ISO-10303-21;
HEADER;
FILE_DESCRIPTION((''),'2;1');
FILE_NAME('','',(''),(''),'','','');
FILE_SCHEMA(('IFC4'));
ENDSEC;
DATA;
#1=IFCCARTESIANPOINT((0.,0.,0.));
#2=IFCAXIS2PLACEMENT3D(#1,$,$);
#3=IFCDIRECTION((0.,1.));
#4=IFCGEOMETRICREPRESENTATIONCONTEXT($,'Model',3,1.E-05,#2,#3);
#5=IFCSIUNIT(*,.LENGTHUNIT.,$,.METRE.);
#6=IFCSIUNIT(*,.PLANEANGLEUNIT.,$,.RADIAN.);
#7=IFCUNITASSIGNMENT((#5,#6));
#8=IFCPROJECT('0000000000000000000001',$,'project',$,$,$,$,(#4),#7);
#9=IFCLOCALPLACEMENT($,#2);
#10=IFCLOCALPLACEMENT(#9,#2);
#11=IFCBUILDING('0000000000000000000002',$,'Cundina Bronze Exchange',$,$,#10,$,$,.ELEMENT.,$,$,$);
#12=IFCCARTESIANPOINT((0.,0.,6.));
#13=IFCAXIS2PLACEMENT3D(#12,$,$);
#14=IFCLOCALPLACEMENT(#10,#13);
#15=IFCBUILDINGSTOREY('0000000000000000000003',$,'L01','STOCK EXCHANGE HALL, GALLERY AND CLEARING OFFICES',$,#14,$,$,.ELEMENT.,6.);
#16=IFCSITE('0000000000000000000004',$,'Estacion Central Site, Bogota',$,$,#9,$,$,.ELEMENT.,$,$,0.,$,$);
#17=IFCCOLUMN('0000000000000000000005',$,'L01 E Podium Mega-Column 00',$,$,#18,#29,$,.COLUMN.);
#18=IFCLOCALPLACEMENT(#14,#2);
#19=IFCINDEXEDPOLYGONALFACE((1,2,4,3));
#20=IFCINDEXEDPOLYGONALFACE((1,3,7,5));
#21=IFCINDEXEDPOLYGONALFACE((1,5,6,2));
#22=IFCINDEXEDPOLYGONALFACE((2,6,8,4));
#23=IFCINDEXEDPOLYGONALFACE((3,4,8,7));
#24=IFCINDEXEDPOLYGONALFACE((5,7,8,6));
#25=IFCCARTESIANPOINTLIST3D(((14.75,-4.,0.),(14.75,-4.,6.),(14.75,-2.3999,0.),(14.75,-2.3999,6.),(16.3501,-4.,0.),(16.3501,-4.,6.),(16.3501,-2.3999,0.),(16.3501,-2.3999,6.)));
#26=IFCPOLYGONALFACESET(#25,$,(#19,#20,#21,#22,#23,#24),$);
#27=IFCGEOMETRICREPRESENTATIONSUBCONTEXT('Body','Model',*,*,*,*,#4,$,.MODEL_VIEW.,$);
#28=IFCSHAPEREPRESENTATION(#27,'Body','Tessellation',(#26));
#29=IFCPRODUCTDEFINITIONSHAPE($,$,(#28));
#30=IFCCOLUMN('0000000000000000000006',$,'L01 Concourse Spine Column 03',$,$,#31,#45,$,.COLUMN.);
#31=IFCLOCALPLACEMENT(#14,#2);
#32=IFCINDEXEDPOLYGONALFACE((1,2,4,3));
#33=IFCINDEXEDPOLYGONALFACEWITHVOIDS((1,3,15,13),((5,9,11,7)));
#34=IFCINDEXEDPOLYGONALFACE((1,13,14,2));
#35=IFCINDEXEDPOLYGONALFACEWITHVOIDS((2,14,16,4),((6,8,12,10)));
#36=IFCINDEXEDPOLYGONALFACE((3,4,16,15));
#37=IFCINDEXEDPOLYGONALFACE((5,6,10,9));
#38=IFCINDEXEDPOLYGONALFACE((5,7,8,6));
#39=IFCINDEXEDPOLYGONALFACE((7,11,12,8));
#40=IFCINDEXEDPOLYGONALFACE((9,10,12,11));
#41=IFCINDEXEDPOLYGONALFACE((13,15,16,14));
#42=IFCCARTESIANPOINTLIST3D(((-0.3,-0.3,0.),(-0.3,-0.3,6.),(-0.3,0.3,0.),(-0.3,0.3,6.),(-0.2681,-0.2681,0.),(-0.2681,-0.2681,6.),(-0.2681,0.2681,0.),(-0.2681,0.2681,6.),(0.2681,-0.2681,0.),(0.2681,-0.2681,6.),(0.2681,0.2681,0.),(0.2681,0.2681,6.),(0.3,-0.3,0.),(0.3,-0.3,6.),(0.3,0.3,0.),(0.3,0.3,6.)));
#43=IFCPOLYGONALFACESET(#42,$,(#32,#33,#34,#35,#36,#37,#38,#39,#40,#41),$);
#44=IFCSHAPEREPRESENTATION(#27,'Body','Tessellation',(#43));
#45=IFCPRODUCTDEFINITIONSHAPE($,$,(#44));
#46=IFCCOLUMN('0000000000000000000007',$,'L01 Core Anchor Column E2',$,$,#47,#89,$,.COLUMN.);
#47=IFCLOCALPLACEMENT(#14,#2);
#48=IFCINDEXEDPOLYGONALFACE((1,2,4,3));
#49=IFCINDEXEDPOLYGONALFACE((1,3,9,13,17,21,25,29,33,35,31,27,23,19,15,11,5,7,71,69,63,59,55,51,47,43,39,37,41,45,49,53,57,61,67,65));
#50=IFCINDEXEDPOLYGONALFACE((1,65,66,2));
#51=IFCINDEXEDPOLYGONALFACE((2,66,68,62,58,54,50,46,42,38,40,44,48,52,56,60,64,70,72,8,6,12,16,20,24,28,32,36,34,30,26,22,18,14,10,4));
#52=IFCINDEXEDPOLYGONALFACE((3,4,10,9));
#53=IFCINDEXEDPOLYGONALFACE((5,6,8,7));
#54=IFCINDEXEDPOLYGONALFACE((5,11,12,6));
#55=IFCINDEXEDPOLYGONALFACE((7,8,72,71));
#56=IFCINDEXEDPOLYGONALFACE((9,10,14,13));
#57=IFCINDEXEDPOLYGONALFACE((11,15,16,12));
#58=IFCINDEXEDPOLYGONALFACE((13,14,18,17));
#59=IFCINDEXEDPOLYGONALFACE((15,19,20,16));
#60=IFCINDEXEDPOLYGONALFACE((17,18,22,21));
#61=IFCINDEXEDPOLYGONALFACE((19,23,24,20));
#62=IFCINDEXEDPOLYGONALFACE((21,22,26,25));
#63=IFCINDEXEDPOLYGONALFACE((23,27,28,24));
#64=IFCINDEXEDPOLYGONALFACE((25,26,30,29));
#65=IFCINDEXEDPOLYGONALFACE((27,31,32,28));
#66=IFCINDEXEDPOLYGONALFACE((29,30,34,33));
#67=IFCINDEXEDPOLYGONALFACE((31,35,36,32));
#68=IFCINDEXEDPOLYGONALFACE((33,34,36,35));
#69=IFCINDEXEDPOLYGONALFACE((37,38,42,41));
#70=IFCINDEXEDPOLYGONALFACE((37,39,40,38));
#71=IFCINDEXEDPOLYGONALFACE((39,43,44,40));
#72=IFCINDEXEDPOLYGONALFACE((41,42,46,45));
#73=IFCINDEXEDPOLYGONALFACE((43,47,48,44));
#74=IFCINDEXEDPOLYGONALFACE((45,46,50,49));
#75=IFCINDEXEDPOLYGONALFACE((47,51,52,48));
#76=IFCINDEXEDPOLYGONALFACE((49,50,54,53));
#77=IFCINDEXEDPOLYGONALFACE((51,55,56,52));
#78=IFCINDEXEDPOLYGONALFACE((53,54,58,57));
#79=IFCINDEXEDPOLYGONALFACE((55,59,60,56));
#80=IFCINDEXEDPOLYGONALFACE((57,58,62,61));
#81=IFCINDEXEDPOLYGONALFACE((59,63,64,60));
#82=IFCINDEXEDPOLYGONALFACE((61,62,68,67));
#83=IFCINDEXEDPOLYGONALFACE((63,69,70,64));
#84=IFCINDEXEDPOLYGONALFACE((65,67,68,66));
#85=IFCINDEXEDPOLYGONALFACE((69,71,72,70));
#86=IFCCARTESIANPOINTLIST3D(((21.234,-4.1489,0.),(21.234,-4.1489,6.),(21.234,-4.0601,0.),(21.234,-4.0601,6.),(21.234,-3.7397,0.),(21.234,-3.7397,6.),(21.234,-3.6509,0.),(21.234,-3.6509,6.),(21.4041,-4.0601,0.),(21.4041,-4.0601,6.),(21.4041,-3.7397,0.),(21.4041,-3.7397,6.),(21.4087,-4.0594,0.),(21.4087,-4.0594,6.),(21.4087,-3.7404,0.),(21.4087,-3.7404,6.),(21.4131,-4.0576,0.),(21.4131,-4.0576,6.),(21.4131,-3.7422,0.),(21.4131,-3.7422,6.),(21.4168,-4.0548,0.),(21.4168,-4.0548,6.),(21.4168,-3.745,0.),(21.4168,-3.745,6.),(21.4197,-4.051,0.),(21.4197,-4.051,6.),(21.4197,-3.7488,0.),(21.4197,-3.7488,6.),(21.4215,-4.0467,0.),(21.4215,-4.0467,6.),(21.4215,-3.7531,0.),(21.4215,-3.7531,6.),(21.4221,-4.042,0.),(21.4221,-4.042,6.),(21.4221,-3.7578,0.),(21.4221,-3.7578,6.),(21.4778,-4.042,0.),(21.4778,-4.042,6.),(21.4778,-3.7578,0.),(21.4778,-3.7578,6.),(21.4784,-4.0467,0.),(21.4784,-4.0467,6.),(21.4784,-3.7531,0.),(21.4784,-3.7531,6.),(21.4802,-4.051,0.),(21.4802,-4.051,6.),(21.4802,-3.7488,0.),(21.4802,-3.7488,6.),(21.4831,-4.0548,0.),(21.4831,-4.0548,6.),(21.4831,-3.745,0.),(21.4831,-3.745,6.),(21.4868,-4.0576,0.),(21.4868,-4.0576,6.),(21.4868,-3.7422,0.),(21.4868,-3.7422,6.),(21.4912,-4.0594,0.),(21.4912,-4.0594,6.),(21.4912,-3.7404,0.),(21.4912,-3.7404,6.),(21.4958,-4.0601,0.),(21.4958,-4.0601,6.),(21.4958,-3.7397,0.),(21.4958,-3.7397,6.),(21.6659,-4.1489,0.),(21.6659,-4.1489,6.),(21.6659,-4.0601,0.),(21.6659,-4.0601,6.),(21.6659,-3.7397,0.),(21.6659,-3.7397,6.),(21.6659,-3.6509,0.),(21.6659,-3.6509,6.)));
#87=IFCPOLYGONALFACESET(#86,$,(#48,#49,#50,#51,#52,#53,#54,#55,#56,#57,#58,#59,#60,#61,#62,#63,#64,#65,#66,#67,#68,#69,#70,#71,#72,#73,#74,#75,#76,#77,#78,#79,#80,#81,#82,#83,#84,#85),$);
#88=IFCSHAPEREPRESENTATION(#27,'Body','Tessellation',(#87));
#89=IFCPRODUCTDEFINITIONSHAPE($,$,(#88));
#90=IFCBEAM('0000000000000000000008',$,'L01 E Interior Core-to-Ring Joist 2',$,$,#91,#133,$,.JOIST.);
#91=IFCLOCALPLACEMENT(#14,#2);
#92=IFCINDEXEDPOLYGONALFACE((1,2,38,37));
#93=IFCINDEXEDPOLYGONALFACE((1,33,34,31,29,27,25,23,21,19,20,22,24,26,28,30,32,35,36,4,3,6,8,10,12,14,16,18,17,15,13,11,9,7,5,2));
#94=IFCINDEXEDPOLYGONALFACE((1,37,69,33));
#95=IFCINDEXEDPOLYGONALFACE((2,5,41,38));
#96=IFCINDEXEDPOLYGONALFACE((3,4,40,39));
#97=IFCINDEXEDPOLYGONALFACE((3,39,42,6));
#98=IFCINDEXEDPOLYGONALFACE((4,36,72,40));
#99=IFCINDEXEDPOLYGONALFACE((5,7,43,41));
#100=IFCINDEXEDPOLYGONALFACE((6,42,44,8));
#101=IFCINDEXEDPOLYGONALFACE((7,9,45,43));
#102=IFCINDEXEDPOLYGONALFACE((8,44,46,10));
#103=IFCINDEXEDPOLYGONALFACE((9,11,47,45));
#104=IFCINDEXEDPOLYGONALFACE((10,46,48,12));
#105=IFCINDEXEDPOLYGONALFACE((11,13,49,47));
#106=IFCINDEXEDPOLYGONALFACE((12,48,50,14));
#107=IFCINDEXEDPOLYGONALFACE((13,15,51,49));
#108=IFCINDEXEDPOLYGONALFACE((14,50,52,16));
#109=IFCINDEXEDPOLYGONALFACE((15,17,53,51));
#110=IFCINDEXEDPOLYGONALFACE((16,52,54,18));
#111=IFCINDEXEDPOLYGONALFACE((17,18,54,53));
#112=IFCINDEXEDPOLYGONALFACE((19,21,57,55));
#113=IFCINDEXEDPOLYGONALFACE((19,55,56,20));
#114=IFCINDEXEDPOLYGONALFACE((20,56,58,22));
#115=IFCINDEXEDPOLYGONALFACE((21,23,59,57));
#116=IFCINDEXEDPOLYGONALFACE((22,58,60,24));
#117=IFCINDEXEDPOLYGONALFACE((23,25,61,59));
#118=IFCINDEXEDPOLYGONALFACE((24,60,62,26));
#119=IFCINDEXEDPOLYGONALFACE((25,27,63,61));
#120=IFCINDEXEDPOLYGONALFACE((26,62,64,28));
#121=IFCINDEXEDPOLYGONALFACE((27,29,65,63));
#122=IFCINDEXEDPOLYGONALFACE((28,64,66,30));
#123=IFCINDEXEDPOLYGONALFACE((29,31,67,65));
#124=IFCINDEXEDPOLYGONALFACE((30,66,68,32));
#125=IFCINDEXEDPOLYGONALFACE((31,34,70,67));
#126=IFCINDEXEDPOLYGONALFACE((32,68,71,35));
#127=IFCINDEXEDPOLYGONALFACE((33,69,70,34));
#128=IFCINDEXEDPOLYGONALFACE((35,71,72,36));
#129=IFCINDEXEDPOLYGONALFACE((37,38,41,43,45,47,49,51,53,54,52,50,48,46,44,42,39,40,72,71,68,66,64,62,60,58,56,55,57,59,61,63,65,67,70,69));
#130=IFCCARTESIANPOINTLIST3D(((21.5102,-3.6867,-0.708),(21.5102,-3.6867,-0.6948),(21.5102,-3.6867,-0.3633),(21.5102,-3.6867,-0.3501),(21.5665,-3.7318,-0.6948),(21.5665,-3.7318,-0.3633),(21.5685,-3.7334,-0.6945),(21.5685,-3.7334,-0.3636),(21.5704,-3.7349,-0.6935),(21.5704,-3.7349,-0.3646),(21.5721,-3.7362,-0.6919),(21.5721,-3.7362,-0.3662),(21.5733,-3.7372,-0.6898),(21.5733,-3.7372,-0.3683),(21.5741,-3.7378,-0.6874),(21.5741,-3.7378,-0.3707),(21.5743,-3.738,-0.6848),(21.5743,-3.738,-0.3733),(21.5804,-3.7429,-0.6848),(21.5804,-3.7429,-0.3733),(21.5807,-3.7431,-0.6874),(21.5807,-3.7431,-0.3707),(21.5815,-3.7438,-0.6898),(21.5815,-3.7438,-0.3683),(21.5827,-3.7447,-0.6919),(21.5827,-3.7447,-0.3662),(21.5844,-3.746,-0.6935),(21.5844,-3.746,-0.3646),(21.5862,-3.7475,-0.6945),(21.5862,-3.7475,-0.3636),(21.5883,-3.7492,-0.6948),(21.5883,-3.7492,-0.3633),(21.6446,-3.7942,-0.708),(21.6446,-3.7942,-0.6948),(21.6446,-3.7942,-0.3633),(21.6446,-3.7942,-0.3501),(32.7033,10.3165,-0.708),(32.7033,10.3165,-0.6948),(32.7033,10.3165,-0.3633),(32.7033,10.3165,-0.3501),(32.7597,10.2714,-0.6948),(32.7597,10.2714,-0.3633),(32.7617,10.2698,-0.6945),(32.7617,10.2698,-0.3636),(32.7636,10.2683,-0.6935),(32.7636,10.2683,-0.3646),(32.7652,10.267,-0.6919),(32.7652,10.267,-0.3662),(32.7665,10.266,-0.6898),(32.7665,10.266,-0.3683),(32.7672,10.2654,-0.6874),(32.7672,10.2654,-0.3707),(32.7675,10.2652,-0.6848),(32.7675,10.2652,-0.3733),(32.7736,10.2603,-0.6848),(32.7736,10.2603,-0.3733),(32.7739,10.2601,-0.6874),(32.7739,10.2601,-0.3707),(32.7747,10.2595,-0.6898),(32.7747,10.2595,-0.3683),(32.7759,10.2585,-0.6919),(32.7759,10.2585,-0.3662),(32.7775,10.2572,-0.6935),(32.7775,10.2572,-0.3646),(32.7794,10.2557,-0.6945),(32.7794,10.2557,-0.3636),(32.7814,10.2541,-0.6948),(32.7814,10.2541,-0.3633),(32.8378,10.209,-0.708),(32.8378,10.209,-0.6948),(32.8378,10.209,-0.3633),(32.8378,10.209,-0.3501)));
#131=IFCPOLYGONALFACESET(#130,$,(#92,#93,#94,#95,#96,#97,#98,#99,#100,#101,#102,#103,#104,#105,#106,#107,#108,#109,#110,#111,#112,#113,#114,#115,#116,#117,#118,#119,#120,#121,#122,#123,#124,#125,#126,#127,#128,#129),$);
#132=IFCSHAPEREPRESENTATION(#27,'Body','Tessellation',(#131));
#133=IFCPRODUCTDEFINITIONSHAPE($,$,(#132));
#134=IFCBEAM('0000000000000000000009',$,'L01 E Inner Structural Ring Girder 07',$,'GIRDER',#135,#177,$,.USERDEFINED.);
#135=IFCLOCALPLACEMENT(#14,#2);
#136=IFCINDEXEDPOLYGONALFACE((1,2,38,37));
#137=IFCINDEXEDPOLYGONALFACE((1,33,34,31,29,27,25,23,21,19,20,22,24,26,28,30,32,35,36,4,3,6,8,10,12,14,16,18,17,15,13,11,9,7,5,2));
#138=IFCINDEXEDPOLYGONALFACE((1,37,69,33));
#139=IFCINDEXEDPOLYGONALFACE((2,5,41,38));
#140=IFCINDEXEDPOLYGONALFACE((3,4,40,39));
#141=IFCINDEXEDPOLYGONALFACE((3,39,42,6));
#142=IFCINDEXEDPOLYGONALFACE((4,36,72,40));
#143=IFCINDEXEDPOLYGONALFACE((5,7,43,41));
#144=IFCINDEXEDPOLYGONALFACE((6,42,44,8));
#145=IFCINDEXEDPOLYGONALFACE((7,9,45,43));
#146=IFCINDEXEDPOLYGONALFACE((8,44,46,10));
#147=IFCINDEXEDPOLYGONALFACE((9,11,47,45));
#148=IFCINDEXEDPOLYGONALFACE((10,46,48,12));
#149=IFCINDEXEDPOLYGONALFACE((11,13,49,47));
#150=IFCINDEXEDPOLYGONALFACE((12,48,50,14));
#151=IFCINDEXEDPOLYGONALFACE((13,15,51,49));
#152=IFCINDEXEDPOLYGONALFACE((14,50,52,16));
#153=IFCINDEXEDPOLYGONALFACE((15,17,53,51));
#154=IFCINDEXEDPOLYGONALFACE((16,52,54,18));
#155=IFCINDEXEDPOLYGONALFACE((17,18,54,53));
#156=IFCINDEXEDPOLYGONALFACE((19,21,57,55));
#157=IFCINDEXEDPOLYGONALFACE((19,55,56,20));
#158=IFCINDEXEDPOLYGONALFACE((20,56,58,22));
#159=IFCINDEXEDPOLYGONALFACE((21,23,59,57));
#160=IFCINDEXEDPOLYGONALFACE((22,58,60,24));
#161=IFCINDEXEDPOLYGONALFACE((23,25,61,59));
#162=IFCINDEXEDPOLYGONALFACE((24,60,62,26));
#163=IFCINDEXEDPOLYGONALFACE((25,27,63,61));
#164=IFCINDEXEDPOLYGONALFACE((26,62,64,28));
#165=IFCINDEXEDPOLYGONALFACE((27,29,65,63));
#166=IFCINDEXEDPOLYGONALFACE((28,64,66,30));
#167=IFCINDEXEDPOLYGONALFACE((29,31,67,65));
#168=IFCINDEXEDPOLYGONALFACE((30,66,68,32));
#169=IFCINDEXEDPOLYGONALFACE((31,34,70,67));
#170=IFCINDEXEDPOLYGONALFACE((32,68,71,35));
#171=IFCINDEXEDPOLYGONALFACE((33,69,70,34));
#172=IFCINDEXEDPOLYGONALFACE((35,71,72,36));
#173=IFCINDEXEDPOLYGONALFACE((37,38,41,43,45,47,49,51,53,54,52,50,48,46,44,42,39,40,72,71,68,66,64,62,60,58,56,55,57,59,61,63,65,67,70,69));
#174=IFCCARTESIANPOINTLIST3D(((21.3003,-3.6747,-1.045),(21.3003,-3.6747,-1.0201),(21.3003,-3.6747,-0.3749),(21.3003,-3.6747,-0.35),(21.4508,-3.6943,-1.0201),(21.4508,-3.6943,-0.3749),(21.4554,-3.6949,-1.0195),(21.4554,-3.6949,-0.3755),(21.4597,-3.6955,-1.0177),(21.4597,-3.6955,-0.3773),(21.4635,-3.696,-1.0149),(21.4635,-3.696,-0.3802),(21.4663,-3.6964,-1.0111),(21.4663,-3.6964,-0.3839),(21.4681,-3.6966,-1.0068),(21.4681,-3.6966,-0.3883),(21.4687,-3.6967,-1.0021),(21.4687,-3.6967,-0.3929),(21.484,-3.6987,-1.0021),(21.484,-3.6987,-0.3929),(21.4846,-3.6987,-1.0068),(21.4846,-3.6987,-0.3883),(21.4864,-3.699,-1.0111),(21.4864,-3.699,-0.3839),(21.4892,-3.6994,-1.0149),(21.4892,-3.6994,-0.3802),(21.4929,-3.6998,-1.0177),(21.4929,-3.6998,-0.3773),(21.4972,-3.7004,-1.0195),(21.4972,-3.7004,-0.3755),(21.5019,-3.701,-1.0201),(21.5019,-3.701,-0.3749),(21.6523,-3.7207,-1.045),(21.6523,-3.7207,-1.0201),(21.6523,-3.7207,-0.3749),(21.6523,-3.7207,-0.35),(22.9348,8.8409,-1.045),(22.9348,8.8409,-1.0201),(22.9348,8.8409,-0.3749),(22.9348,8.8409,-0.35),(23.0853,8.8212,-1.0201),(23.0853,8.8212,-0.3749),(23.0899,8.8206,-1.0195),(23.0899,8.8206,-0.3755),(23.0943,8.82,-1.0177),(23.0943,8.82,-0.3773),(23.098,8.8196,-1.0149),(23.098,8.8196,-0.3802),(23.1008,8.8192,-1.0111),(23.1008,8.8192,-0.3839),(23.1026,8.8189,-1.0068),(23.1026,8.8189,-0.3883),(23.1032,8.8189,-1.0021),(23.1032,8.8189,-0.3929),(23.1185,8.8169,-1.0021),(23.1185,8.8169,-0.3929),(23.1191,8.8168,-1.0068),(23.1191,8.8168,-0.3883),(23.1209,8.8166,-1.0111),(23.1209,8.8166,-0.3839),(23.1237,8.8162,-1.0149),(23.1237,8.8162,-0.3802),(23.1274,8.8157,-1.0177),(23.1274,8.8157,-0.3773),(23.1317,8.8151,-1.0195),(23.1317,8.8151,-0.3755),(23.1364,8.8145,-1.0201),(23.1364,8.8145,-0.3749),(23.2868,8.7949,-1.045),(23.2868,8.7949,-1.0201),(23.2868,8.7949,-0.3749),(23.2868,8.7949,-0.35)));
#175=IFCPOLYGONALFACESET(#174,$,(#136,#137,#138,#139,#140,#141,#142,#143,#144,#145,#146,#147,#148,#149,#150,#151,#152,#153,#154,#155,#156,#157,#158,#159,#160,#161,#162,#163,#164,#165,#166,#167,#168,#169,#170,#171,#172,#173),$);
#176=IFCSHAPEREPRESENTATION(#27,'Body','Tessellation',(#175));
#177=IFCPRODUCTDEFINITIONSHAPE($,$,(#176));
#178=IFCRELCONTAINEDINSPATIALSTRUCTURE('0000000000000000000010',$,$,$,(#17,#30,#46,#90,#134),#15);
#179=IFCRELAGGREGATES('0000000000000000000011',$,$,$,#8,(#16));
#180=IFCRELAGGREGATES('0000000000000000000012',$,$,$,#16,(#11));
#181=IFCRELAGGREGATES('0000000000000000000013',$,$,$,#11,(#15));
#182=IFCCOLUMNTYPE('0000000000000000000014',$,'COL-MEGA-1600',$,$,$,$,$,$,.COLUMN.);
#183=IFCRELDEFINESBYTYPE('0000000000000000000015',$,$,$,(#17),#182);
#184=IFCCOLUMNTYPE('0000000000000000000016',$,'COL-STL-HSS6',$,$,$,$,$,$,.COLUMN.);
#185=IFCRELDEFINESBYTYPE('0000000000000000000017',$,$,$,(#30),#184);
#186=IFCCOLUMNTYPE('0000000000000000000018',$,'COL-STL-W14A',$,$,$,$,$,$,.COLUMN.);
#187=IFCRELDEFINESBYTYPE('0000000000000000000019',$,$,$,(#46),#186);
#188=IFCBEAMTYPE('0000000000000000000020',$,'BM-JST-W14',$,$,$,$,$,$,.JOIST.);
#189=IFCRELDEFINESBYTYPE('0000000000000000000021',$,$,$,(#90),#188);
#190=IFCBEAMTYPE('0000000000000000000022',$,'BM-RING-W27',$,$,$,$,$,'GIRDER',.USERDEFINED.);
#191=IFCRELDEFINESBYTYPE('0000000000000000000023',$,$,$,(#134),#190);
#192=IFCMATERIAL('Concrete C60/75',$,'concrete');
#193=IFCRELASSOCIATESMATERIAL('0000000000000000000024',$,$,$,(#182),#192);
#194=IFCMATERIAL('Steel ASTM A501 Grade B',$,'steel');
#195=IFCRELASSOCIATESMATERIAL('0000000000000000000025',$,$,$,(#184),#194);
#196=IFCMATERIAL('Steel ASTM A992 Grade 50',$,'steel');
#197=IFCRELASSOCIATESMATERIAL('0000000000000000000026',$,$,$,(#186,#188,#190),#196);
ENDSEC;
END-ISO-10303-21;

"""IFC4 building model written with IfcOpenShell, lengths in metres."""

from ifc_helpers import new_model, si_unit, direction, frame, origin, origin_with_axes, origin_2d, place, context, subcontext, project, spatial, rectangle, hollow_rectangle, i_section, extrude, material, material_profile, profile_set, type_object, element, save


model = new_model("IFC4")

# Units and contexts
model_context = context("Model", 3, precision=1e-05, world=origin(), true_north=direction((0.0, 1.0)))
body_context = subcontext(model_context, "Body", "Model", "MODEL_VIEW")
ifc_project = project(units=[si_unit("LENGTHUNIT", "METRE"), si_unit("PLANEANGLEUNIT", "RADIAN")], contexts=[model_context])

# Site, building, storey
site_placement = place(None, origin())
site = spatial("IfcSite", under=ifc_project, at=site_placement, Name="Estacion Central Site, Bogota", CompositionType="ELEMENT", RefElevation=0.0)
building_placement = place(site_placement, origin())
building = spatial("IfcBuilding", under=site, at=building_placement, Name="Cundina Bronze Exchange", CompositionType="ELEMENT")
storey_placement = place(building_placement, frame((0.0, 0.0, 6.0)))
storey = spatial("IfcBuildingStorey", under=building, at=storey_placement, Name="L01", Description="STOCK EXCHANGE HALL, GALLERY AND CLEARING OFFICES", CompositionType="ELEMENT", Elevation=6.0)

# Columns
ifc_material_1 = material(Name="Concrete C60/75", Category="concrete")
ifc_material_profile_1 = material_profile(ifc_material_1, rectangle(XDim=1.6001, YDim=1.6001, at=origin_2d()), Name="RC1600X1600", Category="concrete")
ifc_profile_set_1 = profile_set([ifc_material_profile_1], Name="Concrete C60/75")
column_type_1 = type_object("IfcColumnType", Name="COL-MEGA-1600", PredefinedType="COLUMN", material=ifc_profile_set_1)
column_1_placement = place(storey_placement, frame((15.55, -3.2, 0.0), z_axis=(0.0, 0.0, 1.0), x_axis=(1.0, 0.0, 0.0)))
element("IfcColumn", 1, at=column_1_placement, inside=storey, type_object=column_type_1, Name="L01 E Podium Mega-Column 00", PredefinedType="COLUMN", context=body_context, shape_type="SweptSolid", body=[
    extrude(rectangle(XDim=1.6001, YDim=1.6001, at=origin_2d()), origin(), (0.0, 0.0, 1.0), 6.0),
])
ifc_material_2 = material(Name="Steel ASTM A501 Grade B", Category="steel")
ifc_material_profile_2 = material_profile(ifc_material_2, hollow_rectangle(XDim=0.6001, YDim=0.6001, WallThickness=0.032, at=origin_2d()), Name="HSS600X600X32", Category="steel")
ifc_profile_set_2 = profile_set([ifc_material_profile_2], Name="Steel ASTM A501 Grade B")
column_type_2 = type_object("IfcColumnType", Name="COL-STL-HSS6", PredefinedType="COLUMN", material=ifc_profile_set_2)
column_2_placement = place(storey_placement, origin_with_axes())
element("IfcColumn", 2, at=column_2_placement, inside=storey, type_object=column_type_2, Name="L01 Concourse Spine Column 03", PredefinedType="COLUMN", context=body_context, shape_type="SweptSolid", body=[
    extrude(hollow_rectangle(XDim=0.6001, YDim=0.6001, WallThickness=0.032, at=origin_2d()), origin(), (0.0, 0.0, 1.0), 6.0),
])
ifc_material_3 = material(Name="Steel ASTM A992 Grade 50", Category="steel")
ifc_material_profile_3 = material_profile(ifc_material_3, i_section(OverallWidth=0.4319, OverallDepth=0.498, WebThickness=0.0557, FlangeThickness=0.0889, FilletRadius=0.0181, at=origin_2d()), Name="W14X500", Category="steel")
ifc_profile_set_3 = profile_set([ifc_material_profile_3], Name="Steel ASTM A992 Grade 50")
column_type_3 = type_object("IfcColumnType", Name="COL-STL-W14A", PredefinedType="COLUMN", material=ifc_profile_set_3)
column_3_placement = place(storey_placement, frame((21.45, -3.8999, 0.0), z_axis=(0.0, 0.0, 1.0), x_axis=(1.0, 0.0, 0.0)))
element("IfcColumn", 3, at=column_3_placement, inside=storey, type_object=column_type_3, Name="L01 Core Anchor Column E2", PredefinedType="COLUMN", context=body_context, shape_type="SweptSolid", body=[
    extrude(i_section(OverallWidth=0.4319, OverallDepth=0.498, WebThickness=0.0557, FlangeThickness=0.0889, FilletRadius=0.0181, at=origin_2d()), origin(), (0.0, 0.0, 1.0), 6.0),
])

# Beams
ifc_material_profile_4 = material_profile(ifc_material_3, i_section(OverallWidth=0.1721, OverallDepth=0.3579, WebThickness=0.0078, FlangeThickness=0.0132, FilletRadius=0.01, at=origin_2d()), Name="W14X38", Category="steel")
ifc_profile_set_4 = profile_set([ifc_material_profile_4], Name="Steel ASTM A992 Grade 50")
beam_type_1 = type_object("IfcBeamType", Name="BM-JST-W14", PredefinedType="JOIST", material=ifc_profile_set_4)
beam_1_placement = place(storey_placement, frame((21.5774, -3.7405, -0.5291), z_axis=(0.624374, 0.781125, 0.0), x_axis=(-0.781125, 0.624374, 0.0)))
element("IfcBeam", 4, at=beam_1_placement, inside=storey, type_object=beam_type_1, Name="L01 E Interior Core-to-Ring Joist 2", PredefinedType="JOIST", context=body_context, shape_type="SweptSolid", body=[
    extrude(i_section(OverallWidth=0.1721, OverallDepth=0.3579, WebThickness=0.0078, FlangeThickness=0.0132, FilletRadius=0.01, at=origin_2d()), origin(), (0.0, 0.0, 1.0), 17.927),
])
ifc_material_profile_5 = material_profile(ifc_material_3, i_section(OverallWidth=0.355, OverallDepth=0.6951, WebThickness=0.0154, FlangeThickness=0.0249, FilletRadius=0.0181, at=origin_2d()), Name="W27X146", Category="steel")
ifc_profile_set_5 = profile_set([ifc_material_profile_5], Name="Steel ASTM A992 Grade 50")
beam_type_2 = type_object("IfcBeamType", Name="BM-RING-W27", ElementType="GIRDER", PredefinedType="USERDEFINED", material=ifc_profile_set_5)
beam_2_placement = place(storey_placement, frame((23.1108, 8.8179, -0.6975), z_axis=(-0.129499, -0.99158, 0.0), x_axis=(0.99158, -0.129499, 0.0)))
element("IfcBeam", 5, at=beam_2_placement, inside=storey, type_object=beam_type_2, Name="L01 E Inner Structural Ring Girder 07", ObjectType="GIRDER", PredefinedType="USERDEFINED", context=body_context, shape_type="SweptSolid", body=[
    extrude(i_section(OverallWidth=0.355, OverallDepth=0.6951, WebThickness=0.0154, FlangeThickness=0.0249, FilletRadius=0.0181, at=origin_2d()), origin(), (0.0, 0.0, 1.0), 12.6218),
])

save(model, "model.ifc")
